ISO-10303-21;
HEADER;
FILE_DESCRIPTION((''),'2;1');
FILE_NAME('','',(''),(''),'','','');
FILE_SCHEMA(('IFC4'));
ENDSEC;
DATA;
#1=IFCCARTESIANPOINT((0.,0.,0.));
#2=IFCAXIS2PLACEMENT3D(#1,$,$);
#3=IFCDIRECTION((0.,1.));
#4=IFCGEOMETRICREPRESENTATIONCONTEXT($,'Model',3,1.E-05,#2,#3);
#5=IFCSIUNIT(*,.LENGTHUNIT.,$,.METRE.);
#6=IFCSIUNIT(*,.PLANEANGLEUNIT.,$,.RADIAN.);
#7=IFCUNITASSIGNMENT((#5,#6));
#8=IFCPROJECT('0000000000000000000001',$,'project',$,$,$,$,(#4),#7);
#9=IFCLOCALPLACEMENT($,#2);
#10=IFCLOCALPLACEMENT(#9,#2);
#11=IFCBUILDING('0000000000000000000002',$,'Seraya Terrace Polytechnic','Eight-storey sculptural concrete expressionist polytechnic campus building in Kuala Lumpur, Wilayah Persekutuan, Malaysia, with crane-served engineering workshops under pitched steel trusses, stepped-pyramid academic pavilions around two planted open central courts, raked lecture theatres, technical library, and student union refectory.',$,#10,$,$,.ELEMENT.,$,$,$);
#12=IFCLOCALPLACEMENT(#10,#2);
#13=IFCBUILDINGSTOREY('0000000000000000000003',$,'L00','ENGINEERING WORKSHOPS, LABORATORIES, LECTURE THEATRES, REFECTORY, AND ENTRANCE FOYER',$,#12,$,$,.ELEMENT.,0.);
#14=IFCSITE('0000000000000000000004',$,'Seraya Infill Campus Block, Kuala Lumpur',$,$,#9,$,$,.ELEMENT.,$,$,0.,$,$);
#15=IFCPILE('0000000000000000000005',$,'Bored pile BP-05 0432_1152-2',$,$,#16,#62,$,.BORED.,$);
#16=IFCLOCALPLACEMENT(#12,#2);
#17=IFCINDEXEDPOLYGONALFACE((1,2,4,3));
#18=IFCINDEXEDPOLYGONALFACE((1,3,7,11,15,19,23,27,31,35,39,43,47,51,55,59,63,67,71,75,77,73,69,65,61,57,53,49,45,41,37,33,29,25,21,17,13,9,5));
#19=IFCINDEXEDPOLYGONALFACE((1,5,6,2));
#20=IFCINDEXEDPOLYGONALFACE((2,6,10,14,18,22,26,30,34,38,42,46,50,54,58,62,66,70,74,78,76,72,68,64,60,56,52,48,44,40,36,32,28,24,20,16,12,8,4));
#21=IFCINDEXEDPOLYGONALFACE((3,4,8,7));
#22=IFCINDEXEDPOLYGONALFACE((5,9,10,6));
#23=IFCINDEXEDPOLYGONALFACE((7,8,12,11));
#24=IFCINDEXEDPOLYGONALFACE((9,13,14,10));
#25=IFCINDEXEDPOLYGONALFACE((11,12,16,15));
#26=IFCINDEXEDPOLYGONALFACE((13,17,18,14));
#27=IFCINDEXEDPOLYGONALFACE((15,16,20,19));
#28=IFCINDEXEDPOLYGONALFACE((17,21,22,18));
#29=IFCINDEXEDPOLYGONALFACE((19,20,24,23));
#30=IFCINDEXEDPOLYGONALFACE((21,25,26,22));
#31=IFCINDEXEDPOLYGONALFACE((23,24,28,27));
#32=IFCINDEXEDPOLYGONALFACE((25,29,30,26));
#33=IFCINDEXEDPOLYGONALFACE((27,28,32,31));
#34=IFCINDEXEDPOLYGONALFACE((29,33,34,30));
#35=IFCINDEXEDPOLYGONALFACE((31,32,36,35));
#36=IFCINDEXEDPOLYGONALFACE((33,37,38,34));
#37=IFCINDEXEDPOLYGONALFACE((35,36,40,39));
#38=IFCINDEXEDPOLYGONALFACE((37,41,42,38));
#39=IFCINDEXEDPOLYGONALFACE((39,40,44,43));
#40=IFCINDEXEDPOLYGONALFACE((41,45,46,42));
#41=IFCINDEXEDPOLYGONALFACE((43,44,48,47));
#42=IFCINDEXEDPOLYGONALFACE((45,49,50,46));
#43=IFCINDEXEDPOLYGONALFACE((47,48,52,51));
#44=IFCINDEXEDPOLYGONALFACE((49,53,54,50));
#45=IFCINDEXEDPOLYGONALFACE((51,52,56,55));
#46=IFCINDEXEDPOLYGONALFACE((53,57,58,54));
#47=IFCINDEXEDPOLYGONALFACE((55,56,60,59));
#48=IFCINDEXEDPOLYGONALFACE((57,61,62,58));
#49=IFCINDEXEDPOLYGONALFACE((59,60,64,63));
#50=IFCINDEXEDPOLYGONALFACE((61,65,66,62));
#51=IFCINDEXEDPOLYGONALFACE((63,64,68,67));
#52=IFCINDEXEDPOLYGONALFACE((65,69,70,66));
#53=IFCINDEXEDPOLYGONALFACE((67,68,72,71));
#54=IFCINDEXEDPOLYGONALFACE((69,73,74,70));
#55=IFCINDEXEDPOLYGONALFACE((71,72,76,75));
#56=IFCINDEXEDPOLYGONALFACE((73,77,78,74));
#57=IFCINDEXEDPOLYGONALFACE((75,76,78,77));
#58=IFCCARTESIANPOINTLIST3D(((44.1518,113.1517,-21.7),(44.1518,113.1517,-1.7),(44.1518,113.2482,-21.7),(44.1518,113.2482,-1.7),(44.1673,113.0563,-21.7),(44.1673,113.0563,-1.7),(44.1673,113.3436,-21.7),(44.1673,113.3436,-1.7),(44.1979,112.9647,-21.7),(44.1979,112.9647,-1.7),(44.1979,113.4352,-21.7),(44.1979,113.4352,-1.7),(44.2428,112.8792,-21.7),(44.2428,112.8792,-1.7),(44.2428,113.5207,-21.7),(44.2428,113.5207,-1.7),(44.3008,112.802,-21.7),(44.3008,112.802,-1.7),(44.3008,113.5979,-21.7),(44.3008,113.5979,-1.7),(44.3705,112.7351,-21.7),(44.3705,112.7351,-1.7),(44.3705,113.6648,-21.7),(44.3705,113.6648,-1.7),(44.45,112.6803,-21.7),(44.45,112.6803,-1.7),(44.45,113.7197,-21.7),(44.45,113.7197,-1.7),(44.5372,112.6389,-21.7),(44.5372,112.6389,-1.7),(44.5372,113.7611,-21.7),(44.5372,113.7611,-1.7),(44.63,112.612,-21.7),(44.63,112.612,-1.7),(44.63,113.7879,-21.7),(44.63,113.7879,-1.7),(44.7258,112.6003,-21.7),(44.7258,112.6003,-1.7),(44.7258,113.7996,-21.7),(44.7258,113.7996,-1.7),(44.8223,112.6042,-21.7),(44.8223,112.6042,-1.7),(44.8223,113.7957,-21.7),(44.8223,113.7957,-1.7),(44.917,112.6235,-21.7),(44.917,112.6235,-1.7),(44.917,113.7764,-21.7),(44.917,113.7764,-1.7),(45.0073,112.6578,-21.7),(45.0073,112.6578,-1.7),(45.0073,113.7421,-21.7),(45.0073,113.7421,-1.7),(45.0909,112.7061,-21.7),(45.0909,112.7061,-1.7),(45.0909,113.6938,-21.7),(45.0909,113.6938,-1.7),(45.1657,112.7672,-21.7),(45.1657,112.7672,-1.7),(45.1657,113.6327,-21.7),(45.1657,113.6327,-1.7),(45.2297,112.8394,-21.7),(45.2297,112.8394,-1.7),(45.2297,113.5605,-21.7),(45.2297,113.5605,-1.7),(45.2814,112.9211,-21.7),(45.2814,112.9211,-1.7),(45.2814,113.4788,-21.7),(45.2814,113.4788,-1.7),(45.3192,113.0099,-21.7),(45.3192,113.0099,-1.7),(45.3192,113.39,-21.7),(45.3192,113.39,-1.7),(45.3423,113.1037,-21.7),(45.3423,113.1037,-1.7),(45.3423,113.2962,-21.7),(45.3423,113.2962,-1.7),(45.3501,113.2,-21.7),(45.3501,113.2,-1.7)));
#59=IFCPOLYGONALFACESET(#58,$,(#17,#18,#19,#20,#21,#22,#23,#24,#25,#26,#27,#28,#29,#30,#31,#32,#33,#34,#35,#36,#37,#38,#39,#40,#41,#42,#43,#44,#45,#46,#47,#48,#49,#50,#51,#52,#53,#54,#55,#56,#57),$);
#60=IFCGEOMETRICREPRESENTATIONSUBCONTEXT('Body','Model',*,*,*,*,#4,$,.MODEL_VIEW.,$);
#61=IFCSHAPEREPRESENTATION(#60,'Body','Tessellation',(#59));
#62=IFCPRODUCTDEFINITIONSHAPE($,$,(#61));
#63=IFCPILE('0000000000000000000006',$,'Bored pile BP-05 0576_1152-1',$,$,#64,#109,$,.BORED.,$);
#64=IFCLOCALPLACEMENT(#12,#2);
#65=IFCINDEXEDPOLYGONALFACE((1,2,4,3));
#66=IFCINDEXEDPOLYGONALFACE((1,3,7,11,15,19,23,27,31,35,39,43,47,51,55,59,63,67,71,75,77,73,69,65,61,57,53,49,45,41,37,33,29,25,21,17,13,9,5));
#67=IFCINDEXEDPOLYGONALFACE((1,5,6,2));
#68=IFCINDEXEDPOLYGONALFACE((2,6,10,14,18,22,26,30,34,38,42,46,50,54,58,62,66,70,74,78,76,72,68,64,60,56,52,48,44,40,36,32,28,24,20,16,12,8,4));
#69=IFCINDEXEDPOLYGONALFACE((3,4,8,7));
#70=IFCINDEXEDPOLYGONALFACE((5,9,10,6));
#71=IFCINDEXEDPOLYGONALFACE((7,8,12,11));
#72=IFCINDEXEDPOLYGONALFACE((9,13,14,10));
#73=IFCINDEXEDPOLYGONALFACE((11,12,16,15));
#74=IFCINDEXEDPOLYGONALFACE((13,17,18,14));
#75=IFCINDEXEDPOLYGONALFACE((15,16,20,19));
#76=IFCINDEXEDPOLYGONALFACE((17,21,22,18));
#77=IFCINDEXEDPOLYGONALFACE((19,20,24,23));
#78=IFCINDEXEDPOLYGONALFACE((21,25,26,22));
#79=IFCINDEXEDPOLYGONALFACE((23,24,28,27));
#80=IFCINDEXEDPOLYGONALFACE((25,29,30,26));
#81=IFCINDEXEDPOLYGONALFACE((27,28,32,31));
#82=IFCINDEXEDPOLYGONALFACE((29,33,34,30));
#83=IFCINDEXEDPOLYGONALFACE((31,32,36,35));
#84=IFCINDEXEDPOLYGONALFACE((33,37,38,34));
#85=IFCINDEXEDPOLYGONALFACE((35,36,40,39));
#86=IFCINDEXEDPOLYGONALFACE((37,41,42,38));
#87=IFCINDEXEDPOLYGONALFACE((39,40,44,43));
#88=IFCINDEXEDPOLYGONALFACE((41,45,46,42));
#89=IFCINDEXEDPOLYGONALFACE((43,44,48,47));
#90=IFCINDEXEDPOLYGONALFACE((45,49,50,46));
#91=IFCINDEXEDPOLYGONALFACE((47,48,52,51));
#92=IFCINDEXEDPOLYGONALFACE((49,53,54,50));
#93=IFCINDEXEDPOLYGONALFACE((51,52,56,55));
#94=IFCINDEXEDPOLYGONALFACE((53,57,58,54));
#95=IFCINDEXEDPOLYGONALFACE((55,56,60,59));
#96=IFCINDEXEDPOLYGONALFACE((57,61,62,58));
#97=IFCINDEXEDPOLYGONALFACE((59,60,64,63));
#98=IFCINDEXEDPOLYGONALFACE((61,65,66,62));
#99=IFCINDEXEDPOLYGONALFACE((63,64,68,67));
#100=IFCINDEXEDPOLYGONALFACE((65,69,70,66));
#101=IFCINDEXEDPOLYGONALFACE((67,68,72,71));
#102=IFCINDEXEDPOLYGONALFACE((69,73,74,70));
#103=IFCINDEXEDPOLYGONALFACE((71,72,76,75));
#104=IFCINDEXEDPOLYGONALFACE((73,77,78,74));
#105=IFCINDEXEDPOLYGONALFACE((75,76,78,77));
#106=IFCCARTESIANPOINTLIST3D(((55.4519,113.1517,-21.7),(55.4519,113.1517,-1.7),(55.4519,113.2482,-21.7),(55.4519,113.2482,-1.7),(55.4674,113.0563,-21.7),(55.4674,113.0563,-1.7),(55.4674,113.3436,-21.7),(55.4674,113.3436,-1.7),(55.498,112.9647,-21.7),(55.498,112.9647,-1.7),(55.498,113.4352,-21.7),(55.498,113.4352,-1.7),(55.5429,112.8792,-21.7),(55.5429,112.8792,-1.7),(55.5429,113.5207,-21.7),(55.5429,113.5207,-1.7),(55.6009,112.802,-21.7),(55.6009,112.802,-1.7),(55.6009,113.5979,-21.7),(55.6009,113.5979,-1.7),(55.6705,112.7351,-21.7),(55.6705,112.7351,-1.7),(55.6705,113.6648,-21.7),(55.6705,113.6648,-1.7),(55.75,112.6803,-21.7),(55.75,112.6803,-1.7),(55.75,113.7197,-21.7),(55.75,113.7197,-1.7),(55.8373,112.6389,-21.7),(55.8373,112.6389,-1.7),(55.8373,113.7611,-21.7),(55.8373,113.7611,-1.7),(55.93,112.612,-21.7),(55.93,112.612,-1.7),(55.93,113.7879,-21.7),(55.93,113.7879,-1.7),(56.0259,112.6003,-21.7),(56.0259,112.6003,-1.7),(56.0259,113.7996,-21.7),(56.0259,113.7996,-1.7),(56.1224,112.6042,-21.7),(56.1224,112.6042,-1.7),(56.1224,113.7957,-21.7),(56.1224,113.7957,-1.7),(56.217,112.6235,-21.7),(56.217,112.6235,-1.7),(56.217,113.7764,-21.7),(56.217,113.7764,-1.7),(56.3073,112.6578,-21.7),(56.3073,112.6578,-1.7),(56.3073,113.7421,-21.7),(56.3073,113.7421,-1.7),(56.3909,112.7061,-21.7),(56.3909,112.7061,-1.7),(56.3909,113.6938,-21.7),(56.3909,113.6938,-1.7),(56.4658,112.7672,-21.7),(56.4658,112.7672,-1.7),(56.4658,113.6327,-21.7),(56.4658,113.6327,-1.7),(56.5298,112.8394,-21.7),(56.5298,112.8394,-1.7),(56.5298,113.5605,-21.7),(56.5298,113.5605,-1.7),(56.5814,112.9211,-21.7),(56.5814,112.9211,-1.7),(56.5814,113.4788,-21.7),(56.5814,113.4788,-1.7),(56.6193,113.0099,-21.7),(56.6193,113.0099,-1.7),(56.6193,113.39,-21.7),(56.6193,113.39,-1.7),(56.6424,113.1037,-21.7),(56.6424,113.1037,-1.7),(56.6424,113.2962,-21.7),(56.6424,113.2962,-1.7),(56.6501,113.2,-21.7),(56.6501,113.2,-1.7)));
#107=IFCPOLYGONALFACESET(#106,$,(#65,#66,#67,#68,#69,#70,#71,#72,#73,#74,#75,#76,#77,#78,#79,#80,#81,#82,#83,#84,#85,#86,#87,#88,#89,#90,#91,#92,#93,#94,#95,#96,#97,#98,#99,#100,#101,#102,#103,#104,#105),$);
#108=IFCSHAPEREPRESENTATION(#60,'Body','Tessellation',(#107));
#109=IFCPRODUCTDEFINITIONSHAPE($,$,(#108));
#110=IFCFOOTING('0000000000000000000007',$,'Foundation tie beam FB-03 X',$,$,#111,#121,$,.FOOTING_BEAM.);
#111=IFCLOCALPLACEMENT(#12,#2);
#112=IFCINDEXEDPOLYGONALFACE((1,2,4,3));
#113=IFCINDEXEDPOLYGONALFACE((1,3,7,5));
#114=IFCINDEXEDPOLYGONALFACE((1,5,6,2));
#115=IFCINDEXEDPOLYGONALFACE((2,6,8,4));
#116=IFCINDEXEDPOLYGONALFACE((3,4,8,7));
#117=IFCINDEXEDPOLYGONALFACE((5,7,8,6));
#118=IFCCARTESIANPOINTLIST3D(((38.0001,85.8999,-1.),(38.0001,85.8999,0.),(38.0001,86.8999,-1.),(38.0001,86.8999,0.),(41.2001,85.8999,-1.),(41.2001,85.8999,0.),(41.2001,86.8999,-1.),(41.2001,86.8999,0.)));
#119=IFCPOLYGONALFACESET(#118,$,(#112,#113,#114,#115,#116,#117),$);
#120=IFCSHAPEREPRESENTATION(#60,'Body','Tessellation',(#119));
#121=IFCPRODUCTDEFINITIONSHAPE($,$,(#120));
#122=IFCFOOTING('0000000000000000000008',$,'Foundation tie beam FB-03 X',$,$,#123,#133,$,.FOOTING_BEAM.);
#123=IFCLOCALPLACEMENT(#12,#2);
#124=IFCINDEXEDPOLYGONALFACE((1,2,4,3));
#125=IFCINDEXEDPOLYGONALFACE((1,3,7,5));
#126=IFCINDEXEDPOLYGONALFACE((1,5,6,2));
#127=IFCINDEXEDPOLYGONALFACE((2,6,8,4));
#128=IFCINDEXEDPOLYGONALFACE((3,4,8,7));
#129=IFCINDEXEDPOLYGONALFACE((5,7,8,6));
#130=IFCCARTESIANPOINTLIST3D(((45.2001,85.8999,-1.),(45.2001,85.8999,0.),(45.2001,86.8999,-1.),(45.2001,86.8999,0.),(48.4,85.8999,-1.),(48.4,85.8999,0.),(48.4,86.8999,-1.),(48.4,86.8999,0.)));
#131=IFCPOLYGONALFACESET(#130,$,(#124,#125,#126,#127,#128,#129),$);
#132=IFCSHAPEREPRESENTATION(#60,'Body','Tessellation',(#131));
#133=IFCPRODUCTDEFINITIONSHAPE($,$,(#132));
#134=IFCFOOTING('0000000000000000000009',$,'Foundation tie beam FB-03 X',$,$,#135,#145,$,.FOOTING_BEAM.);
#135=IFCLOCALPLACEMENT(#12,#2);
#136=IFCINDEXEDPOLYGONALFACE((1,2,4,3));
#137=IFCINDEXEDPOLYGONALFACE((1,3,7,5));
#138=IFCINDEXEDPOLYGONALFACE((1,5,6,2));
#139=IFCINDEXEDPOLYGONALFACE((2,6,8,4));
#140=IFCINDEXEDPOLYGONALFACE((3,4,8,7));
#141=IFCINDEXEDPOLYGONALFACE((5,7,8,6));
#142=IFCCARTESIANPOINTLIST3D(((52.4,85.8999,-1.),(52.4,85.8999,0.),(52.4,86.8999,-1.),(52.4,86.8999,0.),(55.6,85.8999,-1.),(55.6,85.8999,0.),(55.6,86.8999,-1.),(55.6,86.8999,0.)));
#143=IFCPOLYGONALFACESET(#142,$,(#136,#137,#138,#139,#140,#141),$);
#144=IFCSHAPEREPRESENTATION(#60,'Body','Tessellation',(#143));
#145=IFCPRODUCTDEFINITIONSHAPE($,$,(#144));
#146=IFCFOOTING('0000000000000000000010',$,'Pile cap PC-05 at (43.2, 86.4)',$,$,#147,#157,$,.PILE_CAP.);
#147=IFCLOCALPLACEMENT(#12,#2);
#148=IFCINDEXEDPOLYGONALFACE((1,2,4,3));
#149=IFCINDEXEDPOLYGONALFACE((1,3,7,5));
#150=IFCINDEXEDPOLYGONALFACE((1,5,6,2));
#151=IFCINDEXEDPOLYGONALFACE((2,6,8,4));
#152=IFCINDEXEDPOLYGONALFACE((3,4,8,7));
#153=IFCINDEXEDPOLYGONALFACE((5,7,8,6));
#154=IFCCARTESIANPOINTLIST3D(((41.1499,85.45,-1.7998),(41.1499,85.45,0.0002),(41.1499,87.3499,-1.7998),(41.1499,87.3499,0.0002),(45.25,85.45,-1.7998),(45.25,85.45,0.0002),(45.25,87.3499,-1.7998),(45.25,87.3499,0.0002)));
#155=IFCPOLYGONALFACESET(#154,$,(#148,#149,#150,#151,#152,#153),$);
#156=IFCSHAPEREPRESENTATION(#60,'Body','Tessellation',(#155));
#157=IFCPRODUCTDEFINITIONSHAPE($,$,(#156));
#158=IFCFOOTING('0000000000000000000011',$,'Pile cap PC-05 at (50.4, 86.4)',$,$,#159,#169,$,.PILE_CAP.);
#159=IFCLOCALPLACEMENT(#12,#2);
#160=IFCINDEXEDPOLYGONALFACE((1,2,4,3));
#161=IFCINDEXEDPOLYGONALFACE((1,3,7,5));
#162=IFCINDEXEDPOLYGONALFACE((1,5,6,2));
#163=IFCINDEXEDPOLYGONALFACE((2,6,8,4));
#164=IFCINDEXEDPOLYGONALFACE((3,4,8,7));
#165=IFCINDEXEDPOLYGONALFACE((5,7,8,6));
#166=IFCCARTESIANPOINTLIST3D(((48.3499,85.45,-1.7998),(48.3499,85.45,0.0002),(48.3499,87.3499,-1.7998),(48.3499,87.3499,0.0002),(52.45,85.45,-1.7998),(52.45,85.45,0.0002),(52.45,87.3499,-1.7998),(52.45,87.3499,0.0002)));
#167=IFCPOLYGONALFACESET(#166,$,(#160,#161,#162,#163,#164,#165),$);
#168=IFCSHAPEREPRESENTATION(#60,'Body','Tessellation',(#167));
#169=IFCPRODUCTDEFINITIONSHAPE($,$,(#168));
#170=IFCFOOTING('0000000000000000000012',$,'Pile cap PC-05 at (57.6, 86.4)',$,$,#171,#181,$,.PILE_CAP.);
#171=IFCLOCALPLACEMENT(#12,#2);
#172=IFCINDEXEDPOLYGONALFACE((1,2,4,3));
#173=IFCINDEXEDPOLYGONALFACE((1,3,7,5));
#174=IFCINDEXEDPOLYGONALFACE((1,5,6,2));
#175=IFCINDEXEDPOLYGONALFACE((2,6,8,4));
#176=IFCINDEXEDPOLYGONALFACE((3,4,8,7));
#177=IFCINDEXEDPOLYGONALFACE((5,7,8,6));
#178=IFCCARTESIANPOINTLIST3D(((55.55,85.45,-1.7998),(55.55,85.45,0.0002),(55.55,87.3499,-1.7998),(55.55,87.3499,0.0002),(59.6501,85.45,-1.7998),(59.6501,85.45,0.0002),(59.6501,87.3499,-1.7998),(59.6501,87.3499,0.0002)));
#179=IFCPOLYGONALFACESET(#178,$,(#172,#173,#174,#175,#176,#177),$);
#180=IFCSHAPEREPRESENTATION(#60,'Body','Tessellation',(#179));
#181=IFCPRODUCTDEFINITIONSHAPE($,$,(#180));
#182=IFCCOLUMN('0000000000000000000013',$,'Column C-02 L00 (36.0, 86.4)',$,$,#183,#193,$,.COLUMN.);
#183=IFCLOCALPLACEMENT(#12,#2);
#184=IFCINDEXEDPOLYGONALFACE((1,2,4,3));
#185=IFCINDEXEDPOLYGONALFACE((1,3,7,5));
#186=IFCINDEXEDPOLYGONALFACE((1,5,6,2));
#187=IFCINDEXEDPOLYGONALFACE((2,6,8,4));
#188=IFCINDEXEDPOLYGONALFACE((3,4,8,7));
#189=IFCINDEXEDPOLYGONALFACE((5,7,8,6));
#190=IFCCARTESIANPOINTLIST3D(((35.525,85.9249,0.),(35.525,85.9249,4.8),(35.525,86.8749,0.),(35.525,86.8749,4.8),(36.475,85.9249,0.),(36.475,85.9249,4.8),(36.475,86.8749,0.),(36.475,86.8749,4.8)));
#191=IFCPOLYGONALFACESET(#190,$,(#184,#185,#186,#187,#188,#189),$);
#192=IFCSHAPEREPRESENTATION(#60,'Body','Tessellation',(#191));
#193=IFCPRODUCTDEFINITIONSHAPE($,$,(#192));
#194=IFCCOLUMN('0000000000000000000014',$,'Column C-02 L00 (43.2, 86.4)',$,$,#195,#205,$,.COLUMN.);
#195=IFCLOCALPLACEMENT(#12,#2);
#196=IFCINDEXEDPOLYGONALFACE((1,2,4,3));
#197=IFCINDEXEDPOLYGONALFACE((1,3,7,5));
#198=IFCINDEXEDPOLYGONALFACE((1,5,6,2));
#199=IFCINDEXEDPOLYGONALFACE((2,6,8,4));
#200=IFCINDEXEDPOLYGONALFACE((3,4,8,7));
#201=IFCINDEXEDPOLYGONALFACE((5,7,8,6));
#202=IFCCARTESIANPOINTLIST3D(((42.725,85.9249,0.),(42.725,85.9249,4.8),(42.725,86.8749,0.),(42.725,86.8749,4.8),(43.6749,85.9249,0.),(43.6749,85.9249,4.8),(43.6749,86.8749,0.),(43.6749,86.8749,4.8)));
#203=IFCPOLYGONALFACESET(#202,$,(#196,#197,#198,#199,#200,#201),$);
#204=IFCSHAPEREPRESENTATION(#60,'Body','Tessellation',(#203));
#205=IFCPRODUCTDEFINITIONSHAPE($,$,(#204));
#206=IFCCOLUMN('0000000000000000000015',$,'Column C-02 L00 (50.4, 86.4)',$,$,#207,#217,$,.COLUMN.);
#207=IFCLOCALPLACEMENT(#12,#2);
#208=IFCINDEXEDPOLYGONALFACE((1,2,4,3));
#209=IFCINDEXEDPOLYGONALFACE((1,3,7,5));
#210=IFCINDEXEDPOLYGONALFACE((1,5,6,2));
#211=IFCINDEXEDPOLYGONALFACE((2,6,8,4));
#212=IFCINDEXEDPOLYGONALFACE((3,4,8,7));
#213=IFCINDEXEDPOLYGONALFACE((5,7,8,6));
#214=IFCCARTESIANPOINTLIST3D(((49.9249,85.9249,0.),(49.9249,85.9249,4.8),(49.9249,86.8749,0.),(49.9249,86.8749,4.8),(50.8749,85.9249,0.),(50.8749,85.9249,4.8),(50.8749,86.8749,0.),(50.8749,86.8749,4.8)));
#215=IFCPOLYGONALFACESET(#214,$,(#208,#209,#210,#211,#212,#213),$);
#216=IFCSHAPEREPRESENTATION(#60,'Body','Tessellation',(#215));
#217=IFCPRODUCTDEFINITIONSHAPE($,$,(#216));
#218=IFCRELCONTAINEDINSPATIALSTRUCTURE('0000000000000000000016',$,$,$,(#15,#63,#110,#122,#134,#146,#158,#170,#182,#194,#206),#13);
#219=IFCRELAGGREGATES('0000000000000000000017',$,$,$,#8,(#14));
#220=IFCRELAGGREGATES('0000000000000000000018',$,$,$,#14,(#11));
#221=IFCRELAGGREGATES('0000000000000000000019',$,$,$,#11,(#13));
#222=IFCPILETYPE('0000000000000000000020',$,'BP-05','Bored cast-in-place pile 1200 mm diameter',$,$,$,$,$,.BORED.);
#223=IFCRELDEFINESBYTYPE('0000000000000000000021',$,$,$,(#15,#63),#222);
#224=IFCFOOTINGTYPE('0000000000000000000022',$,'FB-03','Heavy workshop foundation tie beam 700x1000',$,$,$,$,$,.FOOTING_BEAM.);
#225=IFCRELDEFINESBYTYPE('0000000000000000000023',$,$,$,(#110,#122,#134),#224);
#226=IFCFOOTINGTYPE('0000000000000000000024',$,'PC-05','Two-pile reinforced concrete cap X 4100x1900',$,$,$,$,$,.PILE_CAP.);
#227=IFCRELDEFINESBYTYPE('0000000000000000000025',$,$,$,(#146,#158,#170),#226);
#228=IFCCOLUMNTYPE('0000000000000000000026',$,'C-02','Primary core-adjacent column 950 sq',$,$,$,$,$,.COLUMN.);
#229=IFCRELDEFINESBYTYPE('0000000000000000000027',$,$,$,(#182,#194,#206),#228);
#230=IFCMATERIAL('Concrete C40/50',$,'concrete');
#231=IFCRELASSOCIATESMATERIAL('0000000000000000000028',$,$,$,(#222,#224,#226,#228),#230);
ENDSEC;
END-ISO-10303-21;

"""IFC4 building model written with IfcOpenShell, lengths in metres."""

from ifc_helpers import new_model, si_unit, direction, frame, origin, origin_2d, place, context, subcontext, project, spatial, rectangle, circle, extrude, material, material_profile, profile_set, type_object, element, save


model = new_model("IFC4")

# Units and contexts
model_context = context("Model", 3, precision=1e-05, world=origin(), true_north=direction((0.0, 1.0)))
body_context = subcontext(model_context, "Body", "Model", "MODEL_VIEW")
ifc_project = project(units=[si_unit("LENGTHUNIT", "METRE"), si_unit("PLANEANGLEUNIT", "RADIAN")], contexts=[model_context])

# Site, building, storey
site_placement = place(None, origin())
site = spatial("IfcSite", under=ifc_project, at=site_placement, Name="Seraya Infill Campus Block, Kuala Lumpur", CompositionType="ELEMENT", RefElevation=0.0)
building_placement = place(site_placement, origin())
building = spatial("IfcBuilding", under=site, at=building_placement, Name="Seraya Terrace Polytechnic", Description="Eight-storey sculptural concrete expressionist polytechnic campus building in Kuala Lumpur, Wilayah Persekutuan, Malaysia, with crane-served engineering workshops under pitched steel trusses, stepped-pyramid academic pavilions around two planted open central courts, raked lecture theatres, technical library, and student union refectory.", CompositionType="ELEMENT")
storey_placement = place(building_placement, origin())
storey = spatial("IfcBuildingStorey", under=building, at=storey_placement, Name="L00", Description="ENGINEERING WORKSHOPS, LABORATORIES, LECTURE THEATRES, REFECTORY, AND ENTRANCE FOYER", CompositionType="ELEMENT", Elevation=0.0)

# Piles
ifc_material = material(Name="Concrete C40/50", Category="concrete")
ifc_material_profile_1 = material_profile(ifc_material, circle(Radius=0.6001, at=origin_2d()), Name="DIA 1200")
ifc_profile_set_1 = profile_set([ifc_material_profile_1], Name="Concrete C40/50")
pile_type_1 = type_object("IfcPileType", Name="BP-05", Description="Bored cast-in-place pile 1200 mm diameter", PredefinedType="BORED", material=ifc_profile_set_1)
for number, where, z_axis, x_axis, name in (
    (1, (44.75, 113.2, -1.7), (0.0, 0.0, -1.0), (1.0, 0.0, 0.0), "Bored pile BP-05 0432_1152-2"),
    (2, (56.05, 113.2, -1.7), (0.0, 0.0, -1.0), (1.0, 0.0, 0.0), "Bored pile BP-05 0576_1152-1"),
):
    element("IfcPile", number, at=place(storey_placement, frame(where, z_axis=z_axis, x_axis=x_axis)), inside=storey, type_object=pile_type_1, Name=name, PredefinedType="BORED", context=body_context, shape_type="SweptSolid", body=[
        extrude(circle(Radius=0.6001, at=origin_2d()), origin(), (0.0, 0.0, 1.0), 20.0),
    ])

# Footings
footing_type_1 = type_object("IfcFootingType", Name="FB-03", Description="Heavy workshop foundation tie beam 700x1000", PredefinedType="FOOTING_BEAM", material=ifc_material)
for number, where, z_axis, x_axis, name in (
    (3, (39.6001, 86.3999, -1.0), (0.0, 0.0, 1.0), (1.0, 0.0, 0.0), "Foundation tie beam FB-03 X"),
    (4, (46.8, 86.3999, -1.0), (0.0, 0.0, 1.0), (1.0, 0.0, 0.0), "Foundation tie beam FB-03 X"),
    (5, (54.0, 86.3999, -1.0), (0.0, 0.0, 1.0), (1.0, 0.0, 0.0), "Foundation tie beam FB-03 X"),
):
    element("IfcFooting", number, at=place(storey_placement, frame(where, z_axis=z_axis, x_axis=x_axis)), inside=storey, type_object=footing_type_1, Name=name, PredefinedType="FOOTING_BEAM", context=body_context, shape_type="SweptSolid", body=[
        extrude(rectangle(XDim=3.2, YDim=1.0, at=origin_2d()), origin(), (0.0, 0.0, 1.0), 1.0),
    ])
footing_type_2 = type_object("IfcFootingType", Name="PC-05", Description="Two-pile reinforced concrete cap X 4100x1900", PredefinedType="PILE_CAP", material=ifc_material)
for number, where, z_axis, x_axis, name in (
    (6, (43.2, 86.3999, -1.7998), (0.0, 0.0, 1.0), (1.0, 0.0, 0.0), "Pile cap PC-05 at (43.2, 86.4)"),
    (7, (50.3999, 86.3999, -1.7998), (0.0, 0.0, 1.0), (1.0, 0.0, 0.0), "Pile cap PC-05 at (50.4, 86.4)"),
    (8, (57.6001, 86.3999, -1.7998), (0.0, 0.0, 1.0), (1.0, 0.0, 0.0), "Pile cap PC-05 at (57.6, 86.4)"),
):
    element("IfcFooting", number, at=place(storey_placement, frame(where, z_axis=z_axis, x_axis=x_axis)), inside=storey, type_object=footing_type_2, Name=name, PredefinedType="PILE_CAP", context=body_context, shape_type="SweptSolid", body=[
        extrude(rectangle(XDim=4.1001, YDim=1.8999, at=origin_2d()), origin(), (0.0, 0.0, 1.0), 1.8),
    ])

# Columns
ifc_material_profile_2 = material_profile(ifc_material, rectangle(XDim=0.95, YDim=0.95, at=origin_2d()), Name="RC 950x950")
ifc_profile_set_2 = profile_set([ifc_material_profile_2], Name="Concrete C40/50")
column_type_1 = type_object("IfcColumnType", Name="C-02", Description="Primary core-adjacent column 950 sq", PredefinedType="COLUMN", material=ifc_profile_set_2)
for number, where, z_axis, x_axis, name in (
    (9, (36.0, 86.3999, 0.0), (0.0, 0.0, 1.0), (1.0, 0.0, 0.0), "Column C-02 L00 (36.0, 86.4)"),
    (10, (43.2, 86.3999, 0.0), (0.0, 0.0, 1.0), (1.0, 0.0, 0.0), "Column C-02 L00 (43.2, 86.4)"),
    (11, (50.3999, 86.3999, 0.0), (0.0, 0.0, 1.0), (1.0, 0.0, 0.0), "Column C-02 L00 (50.4, 86.4)"),
):
    element("IfcColumn", number, at=place(storey_placement, frame(where, z_axis=z_axis, x_axis=x_axis)), inside=storey, type_object=column_type_1, Name=name, PredefinedType="COLUMN", context=body_context, shape_type="SweptSolid", body=[
        extrude(rectangle(XDim=0.95, YDim=0.95, at=origin_2d()), origin(), (0.0, 0.0, 1.0), 4.8),
    ])

save(model, "model.ifc")
